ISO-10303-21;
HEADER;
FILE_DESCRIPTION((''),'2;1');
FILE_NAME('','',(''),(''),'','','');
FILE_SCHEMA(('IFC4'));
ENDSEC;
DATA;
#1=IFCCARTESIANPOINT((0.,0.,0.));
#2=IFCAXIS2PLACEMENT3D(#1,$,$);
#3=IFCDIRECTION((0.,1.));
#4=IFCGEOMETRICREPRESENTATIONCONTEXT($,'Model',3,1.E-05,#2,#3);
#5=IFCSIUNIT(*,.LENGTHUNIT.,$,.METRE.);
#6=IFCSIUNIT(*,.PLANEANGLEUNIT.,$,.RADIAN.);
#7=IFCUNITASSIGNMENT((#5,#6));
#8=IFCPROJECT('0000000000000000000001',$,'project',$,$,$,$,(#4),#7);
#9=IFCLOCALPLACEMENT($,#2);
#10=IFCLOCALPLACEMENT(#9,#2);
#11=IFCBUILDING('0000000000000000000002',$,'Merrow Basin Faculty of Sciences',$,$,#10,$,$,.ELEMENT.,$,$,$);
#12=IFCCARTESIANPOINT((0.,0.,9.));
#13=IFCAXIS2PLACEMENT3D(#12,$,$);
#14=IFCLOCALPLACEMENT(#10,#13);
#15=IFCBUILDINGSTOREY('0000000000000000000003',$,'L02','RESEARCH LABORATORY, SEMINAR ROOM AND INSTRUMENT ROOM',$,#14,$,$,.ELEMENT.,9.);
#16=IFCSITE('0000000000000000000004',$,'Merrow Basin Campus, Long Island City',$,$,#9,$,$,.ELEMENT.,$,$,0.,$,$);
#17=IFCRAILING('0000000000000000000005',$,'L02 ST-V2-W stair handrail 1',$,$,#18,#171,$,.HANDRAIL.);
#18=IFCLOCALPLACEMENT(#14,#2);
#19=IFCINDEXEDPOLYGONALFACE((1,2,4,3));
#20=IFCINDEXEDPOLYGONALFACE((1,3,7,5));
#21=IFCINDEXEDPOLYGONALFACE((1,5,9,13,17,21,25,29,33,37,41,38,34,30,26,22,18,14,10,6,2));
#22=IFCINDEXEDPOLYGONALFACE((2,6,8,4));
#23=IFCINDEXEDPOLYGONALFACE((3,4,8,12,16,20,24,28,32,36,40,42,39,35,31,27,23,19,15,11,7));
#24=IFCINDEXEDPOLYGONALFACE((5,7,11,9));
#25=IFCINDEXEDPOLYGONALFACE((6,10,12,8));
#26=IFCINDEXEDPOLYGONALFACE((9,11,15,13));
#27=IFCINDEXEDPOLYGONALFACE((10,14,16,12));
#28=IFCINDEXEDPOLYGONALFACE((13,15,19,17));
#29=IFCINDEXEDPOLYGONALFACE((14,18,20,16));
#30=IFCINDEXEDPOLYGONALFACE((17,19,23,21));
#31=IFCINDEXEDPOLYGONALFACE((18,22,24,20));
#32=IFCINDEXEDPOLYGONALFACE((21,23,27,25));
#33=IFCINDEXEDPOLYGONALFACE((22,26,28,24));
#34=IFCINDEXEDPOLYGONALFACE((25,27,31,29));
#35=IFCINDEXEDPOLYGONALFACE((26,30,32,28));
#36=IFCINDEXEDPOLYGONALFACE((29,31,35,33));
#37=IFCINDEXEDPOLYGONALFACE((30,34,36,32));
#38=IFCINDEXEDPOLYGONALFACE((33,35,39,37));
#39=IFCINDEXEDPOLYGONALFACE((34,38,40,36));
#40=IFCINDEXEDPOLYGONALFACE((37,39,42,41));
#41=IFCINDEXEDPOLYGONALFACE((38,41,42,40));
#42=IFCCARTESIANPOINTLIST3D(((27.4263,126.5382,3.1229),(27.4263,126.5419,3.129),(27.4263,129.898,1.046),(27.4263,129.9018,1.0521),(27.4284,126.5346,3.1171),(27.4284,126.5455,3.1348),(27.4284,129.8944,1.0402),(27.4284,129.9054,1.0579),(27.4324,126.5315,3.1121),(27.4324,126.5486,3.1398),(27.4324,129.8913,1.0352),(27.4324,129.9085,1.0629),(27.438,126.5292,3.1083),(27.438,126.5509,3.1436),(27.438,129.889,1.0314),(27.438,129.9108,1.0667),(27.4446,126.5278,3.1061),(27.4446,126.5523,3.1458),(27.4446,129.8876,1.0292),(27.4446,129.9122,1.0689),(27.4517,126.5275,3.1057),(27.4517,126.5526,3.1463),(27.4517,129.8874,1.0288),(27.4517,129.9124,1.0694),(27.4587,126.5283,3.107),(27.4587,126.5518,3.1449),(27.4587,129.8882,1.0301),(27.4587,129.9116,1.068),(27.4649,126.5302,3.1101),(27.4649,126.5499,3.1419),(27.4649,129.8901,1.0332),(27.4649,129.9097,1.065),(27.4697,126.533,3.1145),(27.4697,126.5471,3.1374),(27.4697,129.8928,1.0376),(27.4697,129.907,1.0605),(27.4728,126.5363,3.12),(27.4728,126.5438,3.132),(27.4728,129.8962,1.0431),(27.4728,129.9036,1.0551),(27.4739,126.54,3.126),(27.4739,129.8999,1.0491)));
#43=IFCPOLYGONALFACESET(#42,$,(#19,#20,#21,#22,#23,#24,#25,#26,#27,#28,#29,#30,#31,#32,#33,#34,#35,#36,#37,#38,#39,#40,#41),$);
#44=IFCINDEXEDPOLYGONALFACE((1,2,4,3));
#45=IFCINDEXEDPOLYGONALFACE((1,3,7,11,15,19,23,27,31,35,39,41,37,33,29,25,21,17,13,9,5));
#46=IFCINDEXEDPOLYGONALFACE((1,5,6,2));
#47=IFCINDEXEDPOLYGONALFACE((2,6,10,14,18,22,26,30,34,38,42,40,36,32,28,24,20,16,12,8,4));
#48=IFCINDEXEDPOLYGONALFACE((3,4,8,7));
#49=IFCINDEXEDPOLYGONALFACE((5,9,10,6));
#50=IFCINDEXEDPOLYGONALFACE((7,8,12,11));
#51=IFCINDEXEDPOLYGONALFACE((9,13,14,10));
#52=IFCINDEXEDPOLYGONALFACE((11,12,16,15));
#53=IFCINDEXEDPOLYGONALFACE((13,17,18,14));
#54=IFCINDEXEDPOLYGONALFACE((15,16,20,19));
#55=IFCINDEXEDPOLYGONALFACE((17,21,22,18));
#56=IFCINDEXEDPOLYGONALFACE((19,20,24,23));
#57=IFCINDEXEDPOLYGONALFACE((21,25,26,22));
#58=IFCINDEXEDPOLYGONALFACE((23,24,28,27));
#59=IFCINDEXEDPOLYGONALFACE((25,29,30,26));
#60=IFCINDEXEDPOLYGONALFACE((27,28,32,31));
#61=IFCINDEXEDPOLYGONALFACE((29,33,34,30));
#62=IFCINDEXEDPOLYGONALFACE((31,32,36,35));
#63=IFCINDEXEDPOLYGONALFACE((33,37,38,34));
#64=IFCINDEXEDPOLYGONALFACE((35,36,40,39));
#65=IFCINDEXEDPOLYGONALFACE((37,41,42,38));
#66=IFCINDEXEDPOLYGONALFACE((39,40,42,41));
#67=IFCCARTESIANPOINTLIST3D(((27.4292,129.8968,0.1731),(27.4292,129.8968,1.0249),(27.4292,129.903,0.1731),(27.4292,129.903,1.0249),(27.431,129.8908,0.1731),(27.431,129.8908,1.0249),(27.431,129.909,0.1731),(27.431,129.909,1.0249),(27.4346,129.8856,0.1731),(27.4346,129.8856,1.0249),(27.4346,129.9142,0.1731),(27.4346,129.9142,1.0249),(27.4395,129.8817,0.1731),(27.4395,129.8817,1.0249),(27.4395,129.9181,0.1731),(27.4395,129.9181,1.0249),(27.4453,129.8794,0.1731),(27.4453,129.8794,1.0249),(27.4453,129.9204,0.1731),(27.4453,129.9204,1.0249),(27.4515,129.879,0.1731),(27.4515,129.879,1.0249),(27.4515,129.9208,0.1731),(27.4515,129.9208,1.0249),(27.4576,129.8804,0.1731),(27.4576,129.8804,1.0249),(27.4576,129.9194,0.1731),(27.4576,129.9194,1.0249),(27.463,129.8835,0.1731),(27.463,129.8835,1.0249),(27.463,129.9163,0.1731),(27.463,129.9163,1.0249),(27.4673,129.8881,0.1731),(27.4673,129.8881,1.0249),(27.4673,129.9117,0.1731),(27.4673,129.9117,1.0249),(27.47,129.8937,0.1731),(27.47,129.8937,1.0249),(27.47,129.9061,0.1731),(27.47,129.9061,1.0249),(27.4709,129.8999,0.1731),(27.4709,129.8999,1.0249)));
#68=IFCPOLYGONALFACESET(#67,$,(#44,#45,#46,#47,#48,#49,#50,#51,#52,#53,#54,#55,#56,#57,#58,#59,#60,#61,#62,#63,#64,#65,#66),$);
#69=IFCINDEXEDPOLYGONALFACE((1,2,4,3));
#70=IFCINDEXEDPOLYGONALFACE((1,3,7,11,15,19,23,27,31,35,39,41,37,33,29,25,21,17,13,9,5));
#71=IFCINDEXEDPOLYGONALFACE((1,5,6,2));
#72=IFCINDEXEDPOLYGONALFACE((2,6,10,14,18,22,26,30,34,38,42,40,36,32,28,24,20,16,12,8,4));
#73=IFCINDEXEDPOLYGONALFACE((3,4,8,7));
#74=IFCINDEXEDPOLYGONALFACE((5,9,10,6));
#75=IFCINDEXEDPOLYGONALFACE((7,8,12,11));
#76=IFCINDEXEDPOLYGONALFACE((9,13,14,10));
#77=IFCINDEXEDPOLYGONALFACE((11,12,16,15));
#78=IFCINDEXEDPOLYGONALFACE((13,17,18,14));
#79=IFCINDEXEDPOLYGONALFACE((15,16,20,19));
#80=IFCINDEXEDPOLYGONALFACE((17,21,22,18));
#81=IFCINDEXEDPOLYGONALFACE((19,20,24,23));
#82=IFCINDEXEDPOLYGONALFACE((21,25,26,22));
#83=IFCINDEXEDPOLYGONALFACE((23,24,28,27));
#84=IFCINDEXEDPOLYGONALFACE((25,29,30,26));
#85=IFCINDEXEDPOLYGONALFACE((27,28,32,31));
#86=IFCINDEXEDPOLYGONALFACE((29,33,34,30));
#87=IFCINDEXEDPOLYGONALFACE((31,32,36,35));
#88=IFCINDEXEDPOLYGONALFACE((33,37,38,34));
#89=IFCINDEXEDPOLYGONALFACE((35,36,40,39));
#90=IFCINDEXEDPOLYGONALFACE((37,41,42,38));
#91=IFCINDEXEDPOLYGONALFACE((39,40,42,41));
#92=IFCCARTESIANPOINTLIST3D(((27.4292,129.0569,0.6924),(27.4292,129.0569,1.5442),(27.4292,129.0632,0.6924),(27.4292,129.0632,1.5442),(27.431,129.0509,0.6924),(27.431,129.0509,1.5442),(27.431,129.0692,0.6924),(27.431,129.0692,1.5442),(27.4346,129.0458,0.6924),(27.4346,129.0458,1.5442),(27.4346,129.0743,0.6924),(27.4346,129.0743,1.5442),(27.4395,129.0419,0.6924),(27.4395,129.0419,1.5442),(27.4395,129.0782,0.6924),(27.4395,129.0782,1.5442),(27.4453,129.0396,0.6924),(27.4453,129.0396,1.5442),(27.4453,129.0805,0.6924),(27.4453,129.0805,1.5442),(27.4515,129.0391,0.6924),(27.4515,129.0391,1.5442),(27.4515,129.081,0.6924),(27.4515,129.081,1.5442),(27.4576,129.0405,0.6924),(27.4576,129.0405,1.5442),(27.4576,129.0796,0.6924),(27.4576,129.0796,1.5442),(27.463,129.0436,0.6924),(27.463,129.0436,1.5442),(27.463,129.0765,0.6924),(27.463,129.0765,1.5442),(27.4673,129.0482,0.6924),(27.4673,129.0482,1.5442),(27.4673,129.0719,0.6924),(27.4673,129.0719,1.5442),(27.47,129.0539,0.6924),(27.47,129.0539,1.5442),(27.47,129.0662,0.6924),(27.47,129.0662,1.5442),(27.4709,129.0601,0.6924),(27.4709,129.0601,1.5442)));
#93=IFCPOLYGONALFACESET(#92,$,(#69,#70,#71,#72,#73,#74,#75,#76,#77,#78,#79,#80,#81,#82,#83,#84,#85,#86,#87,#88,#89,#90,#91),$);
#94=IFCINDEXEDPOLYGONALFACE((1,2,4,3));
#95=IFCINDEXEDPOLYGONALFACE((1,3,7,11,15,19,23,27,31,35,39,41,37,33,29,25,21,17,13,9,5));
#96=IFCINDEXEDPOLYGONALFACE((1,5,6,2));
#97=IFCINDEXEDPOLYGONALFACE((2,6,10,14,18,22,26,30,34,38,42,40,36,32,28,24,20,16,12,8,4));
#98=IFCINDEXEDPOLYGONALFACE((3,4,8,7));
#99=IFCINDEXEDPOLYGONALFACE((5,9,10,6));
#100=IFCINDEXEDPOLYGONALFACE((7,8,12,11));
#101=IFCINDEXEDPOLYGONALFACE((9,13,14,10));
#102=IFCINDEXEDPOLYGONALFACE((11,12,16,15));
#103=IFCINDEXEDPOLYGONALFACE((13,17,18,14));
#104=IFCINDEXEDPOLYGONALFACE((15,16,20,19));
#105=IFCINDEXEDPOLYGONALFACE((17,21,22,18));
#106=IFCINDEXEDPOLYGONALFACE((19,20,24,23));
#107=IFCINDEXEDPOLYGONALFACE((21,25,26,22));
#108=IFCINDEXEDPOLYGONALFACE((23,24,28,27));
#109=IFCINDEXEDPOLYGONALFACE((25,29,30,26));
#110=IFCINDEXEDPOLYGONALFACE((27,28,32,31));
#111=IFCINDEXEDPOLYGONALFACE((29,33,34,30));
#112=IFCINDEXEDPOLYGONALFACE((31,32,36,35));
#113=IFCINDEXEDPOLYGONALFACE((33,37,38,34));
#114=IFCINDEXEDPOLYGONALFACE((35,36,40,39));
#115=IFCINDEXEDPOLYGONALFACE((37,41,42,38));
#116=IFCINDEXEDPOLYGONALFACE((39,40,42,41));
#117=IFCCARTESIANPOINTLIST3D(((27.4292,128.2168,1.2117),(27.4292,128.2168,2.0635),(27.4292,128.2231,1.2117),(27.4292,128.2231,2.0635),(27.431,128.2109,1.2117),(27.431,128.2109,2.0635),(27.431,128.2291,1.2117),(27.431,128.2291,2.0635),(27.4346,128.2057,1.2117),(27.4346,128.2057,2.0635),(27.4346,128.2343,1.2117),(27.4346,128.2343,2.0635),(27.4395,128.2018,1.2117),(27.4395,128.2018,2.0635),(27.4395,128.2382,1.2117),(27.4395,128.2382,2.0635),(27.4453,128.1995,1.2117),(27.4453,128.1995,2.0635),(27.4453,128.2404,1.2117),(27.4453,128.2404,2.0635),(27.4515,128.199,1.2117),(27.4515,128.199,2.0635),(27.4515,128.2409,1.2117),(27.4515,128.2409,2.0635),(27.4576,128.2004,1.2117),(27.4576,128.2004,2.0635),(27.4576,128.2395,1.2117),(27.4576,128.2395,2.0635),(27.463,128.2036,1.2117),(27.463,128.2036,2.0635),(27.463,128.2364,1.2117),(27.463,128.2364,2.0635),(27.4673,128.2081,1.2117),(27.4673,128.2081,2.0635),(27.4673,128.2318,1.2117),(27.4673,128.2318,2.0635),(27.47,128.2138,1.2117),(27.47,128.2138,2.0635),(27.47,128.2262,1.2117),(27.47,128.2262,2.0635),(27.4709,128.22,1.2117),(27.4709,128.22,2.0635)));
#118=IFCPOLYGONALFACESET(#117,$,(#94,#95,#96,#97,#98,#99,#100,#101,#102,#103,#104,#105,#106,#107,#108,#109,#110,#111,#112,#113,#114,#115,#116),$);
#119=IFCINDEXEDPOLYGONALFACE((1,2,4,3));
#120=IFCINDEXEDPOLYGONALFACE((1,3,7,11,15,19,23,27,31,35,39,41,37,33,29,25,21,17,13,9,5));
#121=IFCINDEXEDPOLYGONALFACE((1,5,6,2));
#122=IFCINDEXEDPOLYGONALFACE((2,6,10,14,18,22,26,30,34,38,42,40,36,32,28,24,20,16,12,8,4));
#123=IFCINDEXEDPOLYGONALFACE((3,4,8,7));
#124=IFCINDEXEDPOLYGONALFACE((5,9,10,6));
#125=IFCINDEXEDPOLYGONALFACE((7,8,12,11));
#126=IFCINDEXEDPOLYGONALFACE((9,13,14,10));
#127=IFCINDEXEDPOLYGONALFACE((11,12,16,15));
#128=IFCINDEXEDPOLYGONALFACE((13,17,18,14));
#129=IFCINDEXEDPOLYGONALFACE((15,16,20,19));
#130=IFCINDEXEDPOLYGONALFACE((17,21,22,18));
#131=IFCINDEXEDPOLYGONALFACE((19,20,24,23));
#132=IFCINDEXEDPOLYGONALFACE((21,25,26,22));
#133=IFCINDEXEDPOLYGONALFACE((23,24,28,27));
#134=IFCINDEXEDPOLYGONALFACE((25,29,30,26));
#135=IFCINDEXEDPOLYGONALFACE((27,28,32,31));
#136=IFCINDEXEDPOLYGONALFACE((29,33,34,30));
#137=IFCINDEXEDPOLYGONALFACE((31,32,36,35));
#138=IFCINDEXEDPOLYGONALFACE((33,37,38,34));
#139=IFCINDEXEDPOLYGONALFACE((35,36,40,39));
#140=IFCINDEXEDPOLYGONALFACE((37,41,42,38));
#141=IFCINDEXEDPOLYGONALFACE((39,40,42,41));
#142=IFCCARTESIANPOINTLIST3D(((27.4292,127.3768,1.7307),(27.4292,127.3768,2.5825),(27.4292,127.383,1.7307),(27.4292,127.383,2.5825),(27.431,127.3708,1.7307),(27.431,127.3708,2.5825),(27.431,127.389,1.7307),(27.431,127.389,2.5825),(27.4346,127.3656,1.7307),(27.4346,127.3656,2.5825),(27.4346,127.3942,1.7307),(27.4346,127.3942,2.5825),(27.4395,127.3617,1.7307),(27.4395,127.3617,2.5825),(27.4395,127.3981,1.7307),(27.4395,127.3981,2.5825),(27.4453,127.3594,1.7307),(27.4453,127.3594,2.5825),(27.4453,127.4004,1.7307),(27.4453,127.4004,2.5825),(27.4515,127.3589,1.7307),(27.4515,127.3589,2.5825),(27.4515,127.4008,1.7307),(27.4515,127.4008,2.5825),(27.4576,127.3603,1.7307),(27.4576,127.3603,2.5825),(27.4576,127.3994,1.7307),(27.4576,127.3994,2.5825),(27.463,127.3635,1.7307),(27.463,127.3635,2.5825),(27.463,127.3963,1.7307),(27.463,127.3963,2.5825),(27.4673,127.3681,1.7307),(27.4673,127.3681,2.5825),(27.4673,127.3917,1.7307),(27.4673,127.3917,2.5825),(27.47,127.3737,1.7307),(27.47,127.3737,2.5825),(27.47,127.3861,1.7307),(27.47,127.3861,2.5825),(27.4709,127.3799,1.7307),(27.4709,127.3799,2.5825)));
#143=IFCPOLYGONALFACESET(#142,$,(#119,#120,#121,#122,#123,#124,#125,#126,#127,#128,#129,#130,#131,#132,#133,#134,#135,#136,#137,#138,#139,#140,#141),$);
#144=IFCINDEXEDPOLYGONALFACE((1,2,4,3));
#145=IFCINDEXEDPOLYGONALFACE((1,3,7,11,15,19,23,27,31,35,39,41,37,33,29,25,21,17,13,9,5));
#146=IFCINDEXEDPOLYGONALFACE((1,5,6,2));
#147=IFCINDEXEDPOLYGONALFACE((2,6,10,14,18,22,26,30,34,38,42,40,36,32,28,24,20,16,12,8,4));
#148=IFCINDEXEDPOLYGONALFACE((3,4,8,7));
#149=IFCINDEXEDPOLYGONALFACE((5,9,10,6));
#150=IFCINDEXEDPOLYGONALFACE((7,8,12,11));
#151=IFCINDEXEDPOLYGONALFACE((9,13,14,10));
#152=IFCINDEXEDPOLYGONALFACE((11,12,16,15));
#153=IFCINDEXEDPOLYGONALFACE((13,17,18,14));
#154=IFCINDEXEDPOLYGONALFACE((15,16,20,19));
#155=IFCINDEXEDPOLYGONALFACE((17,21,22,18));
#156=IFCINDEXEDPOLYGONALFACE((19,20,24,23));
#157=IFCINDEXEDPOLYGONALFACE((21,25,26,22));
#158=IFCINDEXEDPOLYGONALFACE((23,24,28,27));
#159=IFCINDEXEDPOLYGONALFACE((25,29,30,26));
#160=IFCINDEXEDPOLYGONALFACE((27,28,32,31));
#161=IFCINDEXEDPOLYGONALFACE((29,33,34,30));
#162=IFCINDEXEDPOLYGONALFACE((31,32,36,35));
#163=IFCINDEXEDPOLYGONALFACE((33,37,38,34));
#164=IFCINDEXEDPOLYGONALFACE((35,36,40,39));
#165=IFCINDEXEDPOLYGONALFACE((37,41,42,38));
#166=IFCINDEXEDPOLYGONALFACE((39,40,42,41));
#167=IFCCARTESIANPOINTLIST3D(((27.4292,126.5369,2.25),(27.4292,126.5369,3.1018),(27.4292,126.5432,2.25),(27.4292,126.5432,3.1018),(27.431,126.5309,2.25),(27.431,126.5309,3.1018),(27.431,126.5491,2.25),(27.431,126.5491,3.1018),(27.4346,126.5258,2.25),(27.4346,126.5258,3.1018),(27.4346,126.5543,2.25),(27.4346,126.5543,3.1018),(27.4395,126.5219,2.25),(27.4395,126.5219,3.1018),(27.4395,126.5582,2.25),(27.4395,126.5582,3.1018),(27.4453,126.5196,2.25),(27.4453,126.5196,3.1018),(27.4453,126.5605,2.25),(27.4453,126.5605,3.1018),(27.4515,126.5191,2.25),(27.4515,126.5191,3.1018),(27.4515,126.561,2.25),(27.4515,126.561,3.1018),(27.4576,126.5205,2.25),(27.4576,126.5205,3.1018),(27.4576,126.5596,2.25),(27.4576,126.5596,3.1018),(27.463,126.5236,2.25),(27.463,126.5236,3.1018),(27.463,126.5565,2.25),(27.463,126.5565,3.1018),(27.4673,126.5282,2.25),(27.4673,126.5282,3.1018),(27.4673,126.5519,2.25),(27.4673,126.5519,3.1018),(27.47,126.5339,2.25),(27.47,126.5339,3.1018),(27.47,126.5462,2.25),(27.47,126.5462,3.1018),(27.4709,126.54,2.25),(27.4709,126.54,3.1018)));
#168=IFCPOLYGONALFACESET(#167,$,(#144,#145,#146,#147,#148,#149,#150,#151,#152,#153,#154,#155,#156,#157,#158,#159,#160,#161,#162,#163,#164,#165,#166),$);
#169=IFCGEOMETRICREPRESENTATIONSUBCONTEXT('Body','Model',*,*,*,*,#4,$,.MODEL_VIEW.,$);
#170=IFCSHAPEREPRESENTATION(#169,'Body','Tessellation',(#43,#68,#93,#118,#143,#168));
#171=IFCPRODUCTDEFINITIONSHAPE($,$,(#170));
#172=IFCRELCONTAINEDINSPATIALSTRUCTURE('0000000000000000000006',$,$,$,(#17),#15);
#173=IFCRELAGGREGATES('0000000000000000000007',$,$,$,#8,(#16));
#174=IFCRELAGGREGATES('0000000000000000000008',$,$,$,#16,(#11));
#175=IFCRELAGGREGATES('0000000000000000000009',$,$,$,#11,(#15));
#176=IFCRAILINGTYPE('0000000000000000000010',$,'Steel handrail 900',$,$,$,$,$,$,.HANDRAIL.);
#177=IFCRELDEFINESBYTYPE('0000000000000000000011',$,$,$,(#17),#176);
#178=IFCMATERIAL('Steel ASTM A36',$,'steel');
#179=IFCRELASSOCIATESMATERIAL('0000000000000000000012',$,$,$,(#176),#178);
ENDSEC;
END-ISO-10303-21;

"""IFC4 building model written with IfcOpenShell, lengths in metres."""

from ifc_helpers import new_model, si_unit, direction, frame, origin, origin_2d, place, context, subcontext, project, spatial, circle, extrude, material, type_object, element, save


model = new_model("IFC4")

# Units and contexts
model_context = context("Model", 3, precision=1e-05, world=origin(), true_north=direction((0.0, 1.0)))
body_context = subcontext(model_context, "Body", "Model", "MODEL_VIEW")
ifc_project = project(units=[si_unit("LENGTHUNIT", "METRE"), si_unit("PLANEANGLEUNIT", "RADIAN")], contexts=[model_context])

# Site, building, storey
site_placement = place(None, origin())
site = spatial("IfcSite", under=ifc_project, at=site_placement, Name="Merrow Basin Campus, Long Island City", CompositionType="ELEMENT", RefElevation=0.0)
building_placement = place(site_placement, origin())
building = spatial("IfcBuilding", under=site, at=building_placement, Name="Merrow Basin Faculty of Sciences", CompositionType="ELEMENT")
storey_placement = place(building_placement, frame((0.0, 0.0, 9.0)))
storey = spatial("IfcBuildingStorey", under=building, at=storey_placement, Name="L02", Description="RESEARCH LABORATORY, SEMINAR ROOM AND INSTRUMENT ROOM", CompositionType="ELEMENT", Elevation=9.0)

# Railing
ifc_material_1 = material(Name="Steel ASTM A36", Category="steel")
railing_type_1 = type_object("IfcRailingType", Name="Steel handrail 900", PredefinedType="HANDRAIL", material=ifc_material_1)
railing_1_placement = place(storey_placement, frame((27.45, 129.8999, 0.1731)))
element("IfcRailing", 1, at=railing_1_placement, inside=storey, type_object=railing_type_1, Name="L02 ST-V2-W stair handrail 1", PredefinedType="HANDRAIL", context=body_context, shape_type="SweptSolid", body=[
    extrude(circle(Radius=0.0239, at=origin_2d()), frame((0.0, 0.0, 0.876), z_axis=(0.0, -0.850606, 0.525803), x_axis=(1.0, 0.0, 0.0)), (0.0, 0.0, 1.0), 3.95),
    extrude(circle(Radius=0.021, at=origin_2d()), origin(), (0.0, 0.0, 1.0), 0.8518),
    extrude(circle(Radius=0.021, at=origin_2d()), frame((0.0, -0.8398, 0.5193)), (0.0, 0.0, 1.0), 0.8518),
    extrude(circle(Radius=0.021, at=origin_2d()), frame((0.0, -1.6799, 1.0386)), (0.0, 0.0, 1.0), 0.8518),
    extrude(circle(Radius=0.021, at=origin_2d()), frame((0.0, -2.52, 1.5576)), (0.0, 0.0, 1.0), 0.8518),
    extrude(circle(Radius=0.021, at=origin_2d()), frame((0.0, -3.3599, 2.0769)), (0.0, 0.0, 1.0), 0.8518),
])

save(model, "model.ifc")
